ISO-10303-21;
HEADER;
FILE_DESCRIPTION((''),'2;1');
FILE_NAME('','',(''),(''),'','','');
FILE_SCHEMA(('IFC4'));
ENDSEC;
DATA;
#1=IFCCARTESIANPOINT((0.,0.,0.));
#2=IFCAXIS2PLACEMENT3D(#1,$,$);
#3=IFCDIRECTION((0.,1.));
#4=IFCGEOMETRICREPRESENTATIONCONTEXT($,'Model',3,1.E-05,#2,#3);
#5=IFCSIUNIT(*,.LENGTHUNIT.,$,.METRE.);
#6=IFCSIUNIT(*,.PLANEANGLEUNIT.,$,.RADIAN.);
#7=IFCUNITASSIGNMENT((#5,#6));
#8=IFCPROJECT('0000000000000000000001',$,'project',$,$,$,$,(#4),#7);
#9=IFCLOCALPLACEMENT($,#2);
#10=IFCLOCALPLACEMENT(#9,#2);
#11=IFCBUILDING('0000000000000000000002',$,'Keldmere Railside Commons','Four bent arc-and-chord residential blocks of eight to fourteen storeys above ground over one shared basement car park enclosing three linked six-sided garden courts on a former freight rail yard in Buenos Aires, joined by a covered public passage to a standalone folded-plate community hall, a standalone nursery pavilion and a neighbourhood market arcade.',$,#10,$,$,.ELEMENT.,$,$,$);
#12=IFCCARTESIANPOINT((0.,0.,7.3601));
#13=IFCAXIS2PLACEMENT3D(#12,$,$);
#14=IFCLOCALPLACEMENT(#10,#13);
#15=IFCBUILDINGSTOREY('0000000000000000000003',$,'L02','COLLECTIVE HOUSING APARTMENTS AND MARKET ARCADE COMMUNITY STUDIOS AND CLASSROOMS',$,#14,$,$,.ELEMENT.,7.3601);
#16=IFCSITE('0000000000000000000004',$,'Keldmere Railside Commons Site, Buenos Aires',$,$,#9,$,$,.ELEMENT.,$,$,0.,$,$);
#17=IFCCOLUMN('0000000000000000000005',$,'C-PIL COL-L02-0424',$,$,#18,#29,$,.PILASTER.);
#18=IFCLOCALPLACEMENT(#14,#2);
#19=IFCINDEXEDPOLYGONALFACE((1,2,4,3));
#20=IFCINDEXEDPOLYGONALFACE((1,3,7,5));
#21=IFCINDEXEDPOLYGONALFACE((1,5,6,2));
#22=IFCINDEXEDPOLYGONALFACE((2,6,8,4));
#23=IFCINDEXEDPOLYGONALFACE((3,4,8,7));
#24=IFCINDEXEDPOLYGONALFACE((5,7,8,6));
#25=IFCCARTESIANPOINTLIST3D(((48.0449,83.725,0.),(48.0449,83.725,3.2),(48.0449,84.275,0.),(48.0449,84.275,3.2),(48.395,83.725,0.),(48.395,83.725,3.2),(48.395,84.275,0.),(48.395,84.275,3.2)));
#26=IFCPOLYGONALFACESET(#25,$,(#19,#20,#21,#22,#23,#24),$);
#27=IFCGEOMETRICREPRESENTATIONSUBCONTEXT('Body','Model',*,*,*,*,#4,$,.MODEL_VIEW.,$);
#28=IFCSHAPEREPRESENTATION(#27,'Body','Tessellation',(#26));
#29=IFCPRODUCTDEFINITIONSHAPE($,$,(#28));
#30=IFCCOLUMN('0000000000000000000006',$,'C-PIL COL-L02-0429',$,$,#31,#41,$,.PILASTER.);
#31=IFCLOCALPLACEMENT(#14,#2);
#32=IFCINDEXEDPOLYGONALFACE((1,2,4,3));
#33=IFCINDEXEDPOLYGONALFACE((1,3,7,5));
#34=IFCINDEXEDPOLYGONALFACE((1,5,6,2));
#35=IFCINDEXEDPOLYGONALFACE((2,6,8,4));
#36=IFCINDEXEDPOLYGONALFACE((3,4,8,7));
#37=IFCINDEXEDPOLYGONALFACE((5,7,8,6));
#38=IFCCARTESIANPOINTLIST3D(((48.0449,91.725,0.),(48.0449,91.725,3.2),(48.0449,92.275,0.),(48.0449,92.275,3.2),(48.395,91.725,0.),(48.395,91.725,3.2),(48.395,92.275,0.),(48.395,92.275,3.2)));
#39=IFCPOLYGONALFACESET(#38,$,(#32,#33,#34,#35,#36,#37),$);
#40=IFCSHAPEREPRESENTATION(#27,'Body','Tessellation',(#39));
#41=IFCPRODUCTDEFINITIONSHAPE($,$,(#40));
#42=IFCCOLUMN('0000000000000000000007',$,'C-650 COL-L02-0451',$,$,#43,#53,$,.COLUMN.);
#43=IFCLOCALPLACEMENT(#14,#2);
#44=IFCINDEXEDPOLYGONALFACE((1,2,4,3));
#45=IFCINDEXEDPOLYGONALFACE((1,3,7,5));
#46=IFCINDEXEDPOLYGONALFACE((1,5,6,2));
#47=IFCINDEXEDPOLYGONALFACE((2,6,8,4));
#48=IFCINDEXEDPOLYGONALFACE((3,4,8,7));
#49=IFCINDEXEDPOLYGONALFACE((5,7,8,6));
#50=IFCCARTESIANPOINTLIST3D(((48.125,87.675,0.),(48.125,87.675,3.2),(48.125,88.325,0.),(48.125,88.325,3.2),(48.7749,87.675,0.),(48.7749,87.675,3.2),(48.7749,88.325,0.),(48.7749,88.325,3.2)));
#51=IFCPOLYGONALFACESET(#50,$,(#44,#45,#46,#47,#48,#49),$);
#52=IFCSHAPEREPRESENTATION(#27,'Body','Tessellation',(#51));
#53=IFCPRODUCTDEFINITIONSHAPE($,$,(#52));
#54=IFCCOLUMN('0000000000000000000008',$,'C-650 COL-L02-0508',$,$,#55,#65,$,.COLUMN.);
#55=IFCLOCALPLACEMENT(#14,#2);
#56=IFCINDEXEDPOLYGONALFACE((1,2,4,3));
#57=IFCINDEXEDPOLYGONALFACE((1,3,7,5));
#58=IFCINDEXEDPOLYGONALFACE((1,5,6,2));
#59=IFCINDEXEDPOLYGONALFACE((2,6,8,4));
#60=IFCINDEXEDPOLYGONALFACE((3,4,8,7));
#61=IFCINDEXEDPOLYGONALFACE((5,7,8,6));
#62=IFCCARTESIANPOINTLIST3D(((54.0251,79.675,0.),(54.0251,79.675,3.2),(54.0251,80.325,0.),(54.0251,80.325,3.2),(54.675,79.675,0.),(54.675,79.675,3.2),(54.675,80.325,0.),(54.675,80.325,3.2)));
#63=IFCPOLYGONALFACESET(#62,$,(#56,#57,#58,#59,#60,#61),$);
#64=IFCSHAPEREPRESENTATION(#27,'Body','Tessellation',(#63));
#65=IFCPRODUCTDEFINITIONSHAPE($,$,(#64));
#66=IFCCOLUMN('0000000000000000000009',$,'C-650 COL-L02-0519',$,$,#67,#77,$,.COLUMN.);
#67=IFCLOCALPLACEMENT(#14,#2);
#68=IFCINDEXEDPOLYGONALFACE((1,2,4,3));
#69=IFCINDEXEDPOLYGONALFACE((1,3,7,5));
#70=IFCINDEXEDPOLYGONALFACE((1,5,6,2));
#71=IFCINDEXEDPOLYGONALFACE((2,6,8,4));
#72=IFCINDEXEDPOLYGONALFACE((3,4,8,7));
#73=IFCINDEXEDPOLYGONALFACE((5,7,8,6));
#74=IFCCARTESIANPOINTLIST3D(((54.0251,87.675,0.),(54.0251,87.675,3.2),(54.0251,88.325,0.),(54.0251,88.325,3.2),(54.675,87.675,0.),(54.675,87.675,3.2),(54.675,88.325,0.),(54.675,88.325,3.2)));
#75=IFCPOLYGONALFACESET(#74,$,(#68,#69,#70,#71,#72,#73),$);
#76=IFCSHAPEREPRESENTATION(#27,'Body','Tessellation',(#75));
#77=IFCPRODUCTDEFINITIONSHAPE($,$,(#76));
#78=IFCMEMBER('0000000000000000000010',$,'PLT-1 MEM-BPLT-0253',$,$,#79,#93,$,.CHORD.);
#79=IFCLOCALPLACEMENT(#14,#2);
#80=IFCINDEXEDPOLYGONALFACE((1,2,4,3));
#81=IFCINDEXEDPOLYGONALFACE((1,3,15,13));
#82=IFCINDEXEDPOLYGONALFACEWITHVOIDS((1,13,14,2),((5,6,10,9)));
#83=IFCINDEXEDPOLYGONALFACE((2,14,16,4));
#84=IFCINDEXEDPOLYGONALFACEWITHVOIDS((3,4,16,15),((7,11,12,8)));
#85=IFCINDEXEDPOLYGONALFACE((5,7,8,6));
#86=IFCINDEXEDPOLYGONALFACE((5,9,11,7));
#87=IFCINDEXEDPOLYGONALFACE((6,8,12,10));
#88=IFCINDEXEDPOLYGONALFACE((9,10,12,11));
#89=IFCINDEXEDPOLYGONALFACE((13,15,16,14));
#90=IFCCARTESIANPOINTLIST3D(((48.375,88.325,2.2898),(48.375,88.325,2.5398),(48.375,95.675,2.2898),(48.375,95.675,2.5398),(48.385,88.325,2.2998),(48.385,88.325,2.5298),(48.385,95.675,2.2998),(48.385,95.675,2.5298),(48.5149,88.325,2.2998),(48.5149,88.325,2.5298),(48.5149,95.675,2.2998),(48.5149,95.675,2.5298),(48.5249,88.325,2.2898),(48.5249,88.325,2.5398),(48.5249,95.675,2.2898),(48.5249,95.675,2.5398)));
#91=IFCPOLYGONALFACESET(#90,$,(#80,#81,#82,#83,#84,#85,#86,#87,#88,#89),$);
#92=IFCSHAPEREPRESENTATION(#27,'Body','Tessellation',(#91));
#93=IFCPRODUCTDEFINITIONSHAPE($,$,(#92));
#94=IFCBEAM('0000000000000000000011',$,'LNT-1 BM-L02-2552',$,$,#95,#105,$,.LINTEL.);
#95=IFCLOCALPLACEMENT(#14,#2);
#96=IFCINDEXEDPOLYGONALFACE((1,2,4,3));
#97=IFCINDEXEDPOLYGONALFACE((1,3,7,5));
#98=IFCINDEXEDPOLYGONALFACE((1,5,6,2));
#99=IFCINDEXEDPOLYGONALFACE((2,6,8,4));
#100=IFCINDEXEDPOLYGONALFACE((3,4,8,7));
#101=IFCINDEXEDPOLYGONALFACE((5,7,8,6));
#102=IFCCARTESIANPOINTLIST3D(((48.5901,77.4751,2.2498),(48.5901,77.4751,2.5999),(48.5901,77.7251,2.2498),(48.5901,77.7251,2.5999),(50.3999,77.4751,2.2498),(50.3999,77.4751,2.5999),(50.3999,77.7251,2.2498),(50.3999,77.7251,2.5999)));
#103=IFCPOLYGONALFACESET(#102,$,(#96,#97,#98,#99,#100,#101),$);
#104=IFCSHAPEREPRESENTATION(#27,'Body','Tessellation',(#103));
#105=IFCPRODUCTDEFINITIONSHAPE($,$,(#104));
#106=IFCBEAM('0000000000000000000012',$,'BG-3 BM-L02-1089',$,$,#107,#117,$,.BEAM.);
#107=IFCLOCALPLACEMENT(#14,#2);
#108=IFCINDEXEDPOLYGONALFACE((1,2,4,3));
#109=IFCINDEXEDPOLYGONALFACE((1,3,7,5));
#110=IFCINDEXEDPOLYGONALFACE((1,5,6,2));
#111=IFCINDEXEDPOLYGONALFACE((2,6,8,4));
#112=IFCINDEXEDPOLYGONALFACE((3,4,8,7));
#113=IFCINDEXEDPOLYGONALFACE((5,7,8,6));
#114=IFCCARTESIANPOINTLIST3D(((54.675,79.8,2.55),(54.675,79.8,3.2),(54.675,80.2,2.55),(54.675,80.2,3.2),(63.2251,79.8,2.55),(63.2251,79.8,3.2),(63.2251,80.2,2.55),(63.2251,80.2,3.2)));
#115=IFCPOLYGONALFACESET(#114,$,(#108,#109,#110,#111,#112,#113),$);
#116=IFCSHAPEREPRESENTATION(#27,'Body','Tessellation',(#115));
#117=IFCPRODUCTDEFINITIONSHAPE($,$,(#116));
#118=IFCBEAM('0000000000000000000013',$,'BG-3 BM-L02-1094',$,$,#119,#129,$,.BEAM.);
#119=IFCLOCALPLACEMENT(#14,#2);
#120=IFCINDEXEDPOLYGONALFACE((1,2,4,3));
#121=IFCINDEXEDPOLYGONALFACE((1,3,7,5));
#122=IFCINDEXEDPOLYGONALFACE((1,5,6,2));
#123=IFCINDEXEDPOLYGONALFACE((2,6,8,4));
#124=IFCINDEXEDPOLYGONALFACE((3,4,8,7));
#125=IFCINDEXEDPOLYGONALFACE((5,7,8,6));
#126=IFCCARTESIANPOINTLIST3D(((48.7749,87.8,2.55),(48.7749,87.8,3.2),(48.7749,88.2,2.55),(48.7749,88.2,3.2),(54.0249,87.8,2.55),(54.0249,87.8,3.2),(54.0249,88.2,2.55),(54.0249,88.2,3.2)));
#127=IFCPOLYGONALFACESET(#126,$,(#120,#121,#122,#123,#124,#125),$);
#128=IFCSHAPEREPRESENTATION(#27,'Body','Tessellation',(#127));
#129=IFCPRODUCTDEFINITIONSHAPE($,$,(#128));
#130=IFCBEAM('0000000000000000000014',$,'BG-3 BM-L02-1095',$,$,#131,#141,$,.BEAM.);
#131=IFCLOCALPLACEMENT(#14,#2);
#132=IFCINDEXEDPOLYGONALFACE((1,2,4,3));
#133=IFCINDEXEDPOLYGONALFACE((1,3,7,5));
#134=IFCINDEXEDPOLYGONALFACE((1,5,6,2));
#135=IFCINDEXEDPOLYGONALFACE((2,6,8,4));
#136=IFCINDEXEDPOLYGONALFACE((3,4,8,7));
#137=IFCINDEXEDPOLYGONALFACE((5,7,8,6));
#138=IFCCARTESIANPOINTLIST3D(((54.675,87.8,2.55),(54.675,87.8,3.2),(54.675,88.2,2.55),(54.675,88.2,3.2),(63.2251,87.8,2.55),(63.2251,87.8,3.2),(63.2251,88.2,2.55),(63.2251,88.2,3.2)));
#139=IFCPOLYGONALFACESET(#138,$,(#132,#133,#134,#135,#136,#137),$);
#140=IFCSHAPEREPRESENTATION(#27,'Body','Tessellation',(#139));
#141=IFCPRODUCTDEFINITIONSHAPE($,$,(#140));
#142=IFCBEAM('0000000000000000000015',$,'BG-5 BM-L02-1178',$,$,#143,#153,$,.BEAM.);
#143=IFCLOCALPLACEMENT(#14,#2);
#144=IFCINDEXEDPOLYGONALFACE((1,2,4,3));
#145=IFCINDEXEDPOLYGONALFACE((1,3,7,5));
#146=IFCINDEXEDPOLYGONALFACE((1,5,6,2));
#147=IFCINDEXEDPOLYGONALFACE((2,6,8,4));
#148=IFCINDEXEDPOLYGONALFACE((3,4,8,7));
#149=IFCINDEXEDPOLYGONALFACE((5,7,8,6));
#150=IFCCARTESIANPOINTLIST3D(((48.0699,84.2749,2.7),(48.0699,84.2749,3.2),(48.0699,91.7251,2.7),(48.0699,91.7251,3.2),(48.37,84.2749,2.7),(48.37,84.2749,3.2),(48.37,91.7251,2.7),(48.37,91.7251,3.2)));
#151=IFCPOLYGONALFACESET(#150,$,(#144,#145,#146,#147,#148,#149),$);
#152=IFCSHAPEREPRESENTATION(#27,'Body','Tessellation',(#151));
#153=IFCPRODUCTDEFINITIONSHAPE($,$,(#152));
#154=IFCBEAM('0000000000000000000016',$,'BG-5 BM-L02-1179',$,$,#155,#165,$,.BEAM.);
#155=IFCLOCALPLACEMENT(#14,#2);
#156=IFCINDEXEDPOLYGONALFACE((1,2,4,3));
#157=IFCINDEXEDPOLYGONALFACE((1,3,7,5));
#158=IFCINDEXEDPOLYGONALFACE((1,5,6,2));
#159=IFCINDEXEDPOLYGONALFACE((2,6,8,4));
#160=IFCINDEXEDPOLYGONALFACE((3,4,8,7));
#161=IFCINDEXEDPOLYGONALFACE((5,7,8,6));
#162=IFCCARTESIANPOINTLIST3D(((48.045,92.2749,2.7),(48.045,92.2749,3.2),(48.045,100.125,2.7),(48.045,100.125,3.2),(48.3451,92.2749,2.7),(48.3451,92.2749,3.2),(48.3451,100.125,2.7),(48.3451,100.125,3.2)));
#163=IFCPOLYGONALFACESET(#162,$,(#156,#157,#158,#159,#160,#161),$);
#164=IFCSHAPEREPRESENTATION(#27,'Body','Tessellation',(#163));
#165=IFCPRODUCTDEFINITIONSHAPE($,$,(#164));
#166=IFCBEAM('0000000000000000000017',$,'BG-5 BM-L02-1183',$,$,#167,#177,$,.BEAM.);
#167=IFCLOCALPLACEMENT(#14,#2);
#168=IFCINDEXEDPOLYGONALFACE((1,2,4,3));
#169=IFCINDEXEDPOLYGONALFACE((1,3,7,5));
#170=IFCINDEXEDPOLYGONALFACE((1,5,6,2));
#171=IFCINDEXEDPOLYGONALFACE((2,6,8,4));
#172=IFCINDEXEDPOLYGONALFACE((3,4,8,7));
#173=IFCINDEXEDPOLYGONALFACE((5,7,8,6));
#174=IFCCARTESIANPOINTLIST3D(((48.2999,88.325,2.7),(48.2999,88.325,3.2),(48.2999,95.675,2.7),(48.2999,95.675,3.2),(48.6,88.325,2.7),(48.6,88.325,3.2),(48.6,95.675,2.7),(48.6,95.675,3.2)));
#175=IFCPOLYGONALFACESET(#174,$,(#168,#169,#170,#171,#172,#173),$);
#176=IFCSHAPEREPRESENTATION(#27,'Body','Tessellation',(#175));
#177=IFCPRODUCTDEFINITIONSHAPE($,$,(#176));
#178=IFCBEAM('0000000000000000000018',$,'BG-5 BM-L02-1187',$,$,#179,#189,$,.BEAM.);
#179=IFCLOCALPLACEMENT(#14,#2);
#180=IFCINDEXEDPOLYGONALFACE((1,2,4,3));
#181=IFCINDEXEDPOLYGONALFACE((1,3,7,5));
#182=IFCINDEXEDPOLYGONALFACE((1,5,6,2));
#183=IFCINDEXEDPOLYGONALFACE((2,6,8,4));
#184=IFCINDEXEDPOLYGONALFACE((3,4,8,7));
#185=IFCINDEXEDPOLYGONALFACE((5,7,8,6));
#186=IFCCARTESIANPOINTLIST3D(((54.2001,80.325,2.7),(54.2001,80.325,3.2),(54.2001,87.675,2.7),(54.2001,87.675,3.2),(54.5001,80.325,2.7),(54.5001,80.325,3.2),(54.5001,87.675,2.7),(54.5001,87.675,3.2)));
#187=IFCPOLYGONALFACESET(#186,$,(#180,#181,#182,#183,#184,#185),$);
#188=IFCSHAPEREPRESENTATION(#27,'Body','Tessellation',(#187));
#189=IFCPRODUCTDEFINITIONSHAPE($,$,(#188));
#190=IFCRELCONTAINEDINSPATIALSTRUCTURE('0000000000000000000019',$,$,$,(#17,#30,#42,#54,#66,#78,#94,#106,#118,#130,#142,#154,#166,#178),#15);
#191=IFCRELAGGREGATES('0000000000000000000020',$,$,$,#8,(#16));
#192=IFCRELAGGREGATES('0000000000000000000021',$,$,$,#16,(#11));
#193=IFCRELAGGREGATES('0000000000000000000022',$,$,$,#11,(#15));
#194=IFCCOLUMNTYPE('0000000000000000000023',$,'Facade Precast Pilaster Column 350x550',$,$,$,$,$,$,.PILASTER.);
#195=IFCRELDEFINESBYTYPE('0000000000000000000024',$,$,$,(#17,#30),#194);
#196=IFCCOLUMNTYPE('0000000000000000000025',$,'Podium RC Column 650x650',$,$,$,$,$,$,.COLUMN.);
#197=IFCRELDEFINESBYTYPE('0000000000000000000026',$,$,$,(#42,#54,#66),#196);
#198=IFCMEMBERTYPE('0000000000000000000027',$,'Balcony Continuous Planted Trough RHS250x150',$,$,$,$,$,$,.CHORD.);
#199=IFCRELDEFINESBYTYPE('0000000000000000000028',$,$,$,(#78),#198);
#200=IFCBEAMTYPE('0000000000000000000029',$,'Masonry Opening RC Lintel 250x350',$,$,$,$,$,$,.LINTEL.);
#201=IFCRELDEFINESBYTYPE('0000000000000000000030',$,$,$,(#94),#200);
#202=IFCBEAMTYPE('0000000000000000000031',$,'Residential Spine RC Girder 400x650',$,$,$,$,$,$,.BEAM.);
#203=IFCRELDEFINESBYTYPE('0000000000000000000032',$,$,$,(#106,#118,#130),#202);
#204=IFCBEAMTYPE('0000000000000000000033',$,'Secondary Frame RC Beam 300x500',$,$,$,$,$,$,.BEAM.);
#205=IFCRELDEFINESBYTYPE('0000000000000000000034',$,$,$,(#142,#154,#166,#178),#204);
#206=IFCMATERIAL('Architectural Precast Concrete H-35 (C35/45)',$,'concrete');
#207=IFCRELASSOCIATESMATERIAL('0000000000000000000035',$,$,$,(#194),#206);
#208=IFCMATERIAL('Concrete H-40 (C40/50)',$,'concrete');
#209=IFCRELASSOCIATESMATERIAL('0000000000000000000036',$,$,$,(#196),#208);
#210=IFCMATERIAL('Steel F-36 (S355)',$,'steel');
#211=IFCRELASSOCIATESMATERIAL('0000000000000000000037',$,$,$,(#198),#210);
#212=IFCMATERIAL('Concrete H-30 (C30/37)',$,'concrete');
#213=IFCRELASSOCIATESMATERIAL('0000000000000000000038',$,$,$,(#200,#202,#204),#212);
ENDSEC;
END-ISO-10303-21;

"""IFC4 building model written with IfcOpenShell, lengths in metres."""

from ifc_helpers import new_model, si_unit, direction, frame, origin, origin_2d, place, context, subcontext, project, spatial, rectangle, hollow_rectangle, extrude, material, material_profile, profile_set, type_object, element, save


model = new_model("IFC4")

# Units and contexts
model_context = context("Model", 3, precision=1e-05, world=origin(), true_north=direction((0.0, 1.0)))
body_context = subcontext(model_context, "Body", "Model", "MODEL_VIEW")
ifc_project = project(units=[si_unit("LENGTHUNIT", "METRE"), si_unit("PLANEANGLEUNIT", "RADIAN")], contexts=[model_context])

# Site, building, storey
site_placement = place(None, origin())
site = spatial("IfcSite", under=ifc_project, at=site_placement, Name="Keldmere Railside Commons Site, Buenos Aires", CompositionType="ELEMENT", RefElevation=0.0)
building_placement = place(site_placement, origin())
building = spatial("IfcBuilding", under=site, at=building_placement, Name="Keldmere Railside Commons", Description="Four bent arc-and-chord residential blocks of eight to fourteen storeys above ground over one shared basement car park enclosing three linked six-sided garden courts on a former freight rail yard in Buenos Aires, joined by a covered public passage to a standalone folded-plate community hall, a standalone nursery pavilion and a neighbourhood market arcade.", CompositionType="ELEMENT")
storey_placement = place(building_placement, frame((0.0, 0.0, 7.3601)))
storey = spatial("IfcBuildingStorey", under=building, at=storey_placement, Name="L02", Description="COLLECTIVE HOUSING APARTMENTS AND MARKET ARCADE COMMUNITY STUDIOS AND CLASSROOMS", CompositionType="ELEMENT", Elevation=7.3601)

# Columns
ifc_material_1 = material(Name="Architectural Precast Concrete H-35 (C35/45)", Category="concrete")
ifc_material_profile_1 = material_profile(ifc_material_1, rectangle(XDim=0.3501, YDim=0.55, at=origin_2d()), Name="RC-350x550")
ifc_profile_set_1 = profile_set([ifc_material_profile_1], Name="Architectural Precast Concrete H-35 (C35/45)")
column_type_1 = type_object("IfcColumnType", Name="Facade Precast Pilaster Column 350x550", PredefinedType="PILASTER", material=ifc_profile_set_1)
for number, where, z_axis, x_axis, name in (
    (1, (48.22, 84.0, 0.0), (0.0, 0.0, 1.0), (1.0, 0.0, 0.0), "C-PIL COL-L02-0424"),
    (2, (48.22, 92.0, 0.0), (0.0, 0.0, 1.0), (1.0, 0.0, 0.0), "C-PIL COL-L02-0429"),
):
    element("IfcColumn", number, at=place(storey_placement, frame(where, z_axis=z_axis, x_axis=x_axis)), inside=storey, type_object=column_type_1, Name=name, PredefinedType="PILASTER", context=body_context, shape_type="SweptSolid", body=[
        extrude(rectangle(XDim=0.3501, YDim=0.55, at=origin_2d()), origin(), (0.0, 0.0, 1.0), 3.2),
    ])
ifc_material_2 = material(Name="Concrete H-40 (C40/50)", Category="concrete")
ifc_material_profile_2 = material_profile(ifc_material_2, rectangle(XDim=0.6499, YDim=0.6499, at=origin_2d()), Name="RC-650x650")
ifc_profile_set_2 = profile_set([ifc_material_profile_2], Name="Concrete H-40 (C40/50)")
column_type_2 = type_object("IfcColumnType", Name="Podium RC Column 650x650", PredefinedType="COLUMN", material=ifc_profile_set_2)
for number, where, z_axis, x_axis, name in (
    (3, (48.45, 88.0, 0.0), (0.0, 0.0, 1.0), (1.0, 0.0, 0.0), "C-650 COL-L02-0451"),
    (4, (54.3501, 80.0, 0.0), (0.0, 0.0, 1.0), (1.0, 0.0, 0.0), "C-650 COL-L02-0508"),
    (5, (54.3501, 88.0, 0.0), (0.0, 0.0, 1.0), (1.0, 0.0, 0.0), "C-650 COL-L02-0519"),
):
    element("IfcColumn", number, at=place(storey_placement, frame(where, z_axis=z_axis, x_axis=x_axis)), inside=storey, type_object=column_type_2, Name=name, PredefinedType="COLUMN", context=body_context, shape_type="SweptSolid", body=[
        extrude(rectangle(XDim=0.6499, YDim=0.6499, at=origin_2d()), origin(), (0.0, 0.0, 1.0), 3.2),
    ])

# Member
ifc_material_3 = material(Name="Steel F-36 (S355)", Category="steel")
ifc_material_profile_3 = material_profile(ifc_material_3, hollow_rectangle(XDim=0.1499, YDim=0.25, WallThickness=0.01, at=origin_2d()), Name="RHS-250x150x10")
ifc_profile_set_3 = profile_set([ifc_material_profile_3], Name="Steel F-36 (S355)")
member_type_1 = type_object("IfcMemberType", Name="Balcony Continuous Planted Trough RHS250x150", PredefinedType="CHORD", material=ifc_profile_set_3)
member_1_placement = place(storey_placement, frame((48.45, 88.325, 2.4148), z_axis=(0.0, 1.0, 0.0), x_axis=(-1.0, 0.0, 0.0)))
element("IfcMember", 6, at=member_1_placement, inside=storey, type_object=member_type_1, Name="PLT-1 MEM-BPLT-0253", PredefinedType="CHORD", context=body_context, shape_type="SweptSolid", body=[
    extrude(hollow_rectangle(XDim=0.1499, YDim=0.25, WallThickness=0.01, at=origin_2d()), origin(), (0.0, 0.0, 1.0), 7.3501),
])

# Beams
ifc_material_4 = material(Name="Concrete H-30 (C30/37)", Category="concrete")
ifc_material_profile_4 = material_profile(ifc_material_4, rectangle(XDim=0.25, YDim=0.3501, at=origin_2d()), Name="RC-250x350")
ifc_profile_set_4 = profile_set([ifc_material_profile_4], Name="Concrete H-30 (C30/37)")
beam_type_1 = type_object("IfcBeamType", Name="Masonry Opening RC Lintel 250x350", PredefinedType="LINTEL", material=ifc_profile_set_4)
beam_1_placement = place(storey_placement, frame((48.5901, 77.6001, 2.4248), z_axis=(1.0, 0.0, 0.0), x_axis=(0.0, 1.0, 0.0)))
element("IfcBeam", 7, at=beam_1_placement, inside=storey, type_object=beam_type_1, Name="LNT-1 BM-L02-2552", PredefinedType="LINTEL", context=body_context, shape_type="SweptSolid", body=[
    extrude(rectangle(XDim=0.25, YDim=0.3501, at=origin_2d()), origin(), (0.0, 0.0, 1.0), 1.8098),
])
ifc_material_profile_5 = material_profile(ifc_material_4, rectangle(XDim=0.3999, YDim=0.6499, at=origin_2d()), Name="RC-400x650")
ifc_profile_set_5 = profile_set([ifc_material_profile_5], Name="Concrete H-30 (C30/37)")
beam_type_2 = type_object("IfcBeamType", Name="Residential Spine RC Girder 400x650", PredefinedType="BEAM", material=ifc_profile_set_5)
beam_2_placement = place(storey_placement, frame((54.675, 80.0, 2.875), z_axis=(1.0, 0.0, 0.0), x_axis=(0.0, 1.0, 0.0)))
element("IfcBeam", 8, at=beam_2_placement, inside=storey, type_object=beam_type_2, Name="BG-3 BM-L02-1089", PredefinedType="BEAM", context=body_context, shape_type="SweptSolid", body=[
    extrude(rectangle(XDim=0.3999, YDim=0.6499, at=origin_2d()), origin(), (0.0, 0.0, 1.0), 8.55),
])
beam_3_placement = place(storey_placement, frame((48.7749, 88.0, 2.875), z_axis=(1.0, 0.0, 0.0), x_axis=(0.0, 1.0, 0.0)))
element("IfcBeam", 9, at=beam_3_placement, inside=storey, type_object=beam_type_2, Name="BG-3 BM-L02-1094", PredefinedType="BEAM", context=body_context, shape_type="SweptSolid", body=[
    extrude(rectangle(XDim=0.3999, YDim=0.6499, at=origin_2d()), origin(), (0.0, 0.0, 1.0), 5.25),
])
beam_4_placement = place(storey_placement, frame((54.675, 88.0, 2.875), z_axis=(1.0, 0.0, 0.0), x_axis=(0.0, 1.0, 0.0)))
element("IfcBeam", 10, at=beam_4_placement, inside=storey, type_object=beam_type_2, Name="BG-3 BM-L02-1095", PredefinedType="BEAM", context=body_context, shape_type="SweptSolid", body=[
    extrude(rectangle(XDim=0.3999, YDim=0.6499, at=origin_2d()), origin(), (0.0, 0.0, 1.0), 8.55),
])
ifc_material_profile_6 = material_profile(ifc_material_4, rectangle(XDim=0.3, YDim=0.5, at=origin_2d()), Name="RC-300x500")
ifc_profile_set_6 = profile_set([ifc_material_profile_6], Name="Concrete H-30 (C30/37)")
beam_type_3 = type_object("IfcBeamType", Name="Secondary Frame RC Beam 300x500", PredefinedType="BEAM", material=ifc_profile_set_6)
beam_5_placement = place(storey_placement, frame((48.22, 84.2749, 2.95), z_axis=(0.0, 1.0, 0.0), x_axis=(-1.0, 0.0, 0.0)))
element("IfcBeam", 11, at=beam_5_placement, inside=storey, type_object=beam_type_3, Name="BG-5 BM-L02-1178", PredefinedType="BEAM", context=body_context, shape_type="SweptSolid", body=[
    extrude(rectangle(XDim=0.3, YDim=0.5, at=origin_2d()), origin(), (0.0, 0.0, 1.0), 7.4502),
])
beam_6_placement = place(storey_placement, frame((48.1951, 92.2749, 2.95), z_axis=(0.0, 1.0, 0.0), x_axis=(-1.0, 0.0, 0.0)))
element("IfcBeam", 12, at=beam_6_placement, inside=storey, type_object=beam_type_3, Name="BG-5 BM-L02-1179", PredefinedType="BEAM", context=body_context, shape_type="SweptSolid", body=[
    extrude(rectangle(XDim=0.3, YDim=0.5, at=origin_2d()), origin(), (0.0, 0.0, 1.0), 7.8501),
])
for number, where, z_axis, x_axis, name in (
    (13, (48.45, 88.325, 2.95), (0.0, 1.0, 0.0), (-1.0, 0.0, 0.0), "BG-5 BM-L02-1183"),
    (14, (54.3501, 80.325, 2.95), (0.0, 1.0, 0.0), (-1.0, 0.0, 0.0), "BG-5 BM-L02-1187"),
):
    element("IfcBeam", number, at=place(storey_placement, frame(where, z_axis=z_axis, x_axis=x_axis)), inside=storey, type_object=beam_type_3, Name=name, PredefinedType="BEAM", context=body_context, shape_type="SweptSolid", body=[
        extrude(rectangle(XDim=0.3, YDim=0.5, at=origin_2d()), origin(), (0.0, 0.0, 1.0), 7.3501),
    ])

save(model, "model.ifc")
